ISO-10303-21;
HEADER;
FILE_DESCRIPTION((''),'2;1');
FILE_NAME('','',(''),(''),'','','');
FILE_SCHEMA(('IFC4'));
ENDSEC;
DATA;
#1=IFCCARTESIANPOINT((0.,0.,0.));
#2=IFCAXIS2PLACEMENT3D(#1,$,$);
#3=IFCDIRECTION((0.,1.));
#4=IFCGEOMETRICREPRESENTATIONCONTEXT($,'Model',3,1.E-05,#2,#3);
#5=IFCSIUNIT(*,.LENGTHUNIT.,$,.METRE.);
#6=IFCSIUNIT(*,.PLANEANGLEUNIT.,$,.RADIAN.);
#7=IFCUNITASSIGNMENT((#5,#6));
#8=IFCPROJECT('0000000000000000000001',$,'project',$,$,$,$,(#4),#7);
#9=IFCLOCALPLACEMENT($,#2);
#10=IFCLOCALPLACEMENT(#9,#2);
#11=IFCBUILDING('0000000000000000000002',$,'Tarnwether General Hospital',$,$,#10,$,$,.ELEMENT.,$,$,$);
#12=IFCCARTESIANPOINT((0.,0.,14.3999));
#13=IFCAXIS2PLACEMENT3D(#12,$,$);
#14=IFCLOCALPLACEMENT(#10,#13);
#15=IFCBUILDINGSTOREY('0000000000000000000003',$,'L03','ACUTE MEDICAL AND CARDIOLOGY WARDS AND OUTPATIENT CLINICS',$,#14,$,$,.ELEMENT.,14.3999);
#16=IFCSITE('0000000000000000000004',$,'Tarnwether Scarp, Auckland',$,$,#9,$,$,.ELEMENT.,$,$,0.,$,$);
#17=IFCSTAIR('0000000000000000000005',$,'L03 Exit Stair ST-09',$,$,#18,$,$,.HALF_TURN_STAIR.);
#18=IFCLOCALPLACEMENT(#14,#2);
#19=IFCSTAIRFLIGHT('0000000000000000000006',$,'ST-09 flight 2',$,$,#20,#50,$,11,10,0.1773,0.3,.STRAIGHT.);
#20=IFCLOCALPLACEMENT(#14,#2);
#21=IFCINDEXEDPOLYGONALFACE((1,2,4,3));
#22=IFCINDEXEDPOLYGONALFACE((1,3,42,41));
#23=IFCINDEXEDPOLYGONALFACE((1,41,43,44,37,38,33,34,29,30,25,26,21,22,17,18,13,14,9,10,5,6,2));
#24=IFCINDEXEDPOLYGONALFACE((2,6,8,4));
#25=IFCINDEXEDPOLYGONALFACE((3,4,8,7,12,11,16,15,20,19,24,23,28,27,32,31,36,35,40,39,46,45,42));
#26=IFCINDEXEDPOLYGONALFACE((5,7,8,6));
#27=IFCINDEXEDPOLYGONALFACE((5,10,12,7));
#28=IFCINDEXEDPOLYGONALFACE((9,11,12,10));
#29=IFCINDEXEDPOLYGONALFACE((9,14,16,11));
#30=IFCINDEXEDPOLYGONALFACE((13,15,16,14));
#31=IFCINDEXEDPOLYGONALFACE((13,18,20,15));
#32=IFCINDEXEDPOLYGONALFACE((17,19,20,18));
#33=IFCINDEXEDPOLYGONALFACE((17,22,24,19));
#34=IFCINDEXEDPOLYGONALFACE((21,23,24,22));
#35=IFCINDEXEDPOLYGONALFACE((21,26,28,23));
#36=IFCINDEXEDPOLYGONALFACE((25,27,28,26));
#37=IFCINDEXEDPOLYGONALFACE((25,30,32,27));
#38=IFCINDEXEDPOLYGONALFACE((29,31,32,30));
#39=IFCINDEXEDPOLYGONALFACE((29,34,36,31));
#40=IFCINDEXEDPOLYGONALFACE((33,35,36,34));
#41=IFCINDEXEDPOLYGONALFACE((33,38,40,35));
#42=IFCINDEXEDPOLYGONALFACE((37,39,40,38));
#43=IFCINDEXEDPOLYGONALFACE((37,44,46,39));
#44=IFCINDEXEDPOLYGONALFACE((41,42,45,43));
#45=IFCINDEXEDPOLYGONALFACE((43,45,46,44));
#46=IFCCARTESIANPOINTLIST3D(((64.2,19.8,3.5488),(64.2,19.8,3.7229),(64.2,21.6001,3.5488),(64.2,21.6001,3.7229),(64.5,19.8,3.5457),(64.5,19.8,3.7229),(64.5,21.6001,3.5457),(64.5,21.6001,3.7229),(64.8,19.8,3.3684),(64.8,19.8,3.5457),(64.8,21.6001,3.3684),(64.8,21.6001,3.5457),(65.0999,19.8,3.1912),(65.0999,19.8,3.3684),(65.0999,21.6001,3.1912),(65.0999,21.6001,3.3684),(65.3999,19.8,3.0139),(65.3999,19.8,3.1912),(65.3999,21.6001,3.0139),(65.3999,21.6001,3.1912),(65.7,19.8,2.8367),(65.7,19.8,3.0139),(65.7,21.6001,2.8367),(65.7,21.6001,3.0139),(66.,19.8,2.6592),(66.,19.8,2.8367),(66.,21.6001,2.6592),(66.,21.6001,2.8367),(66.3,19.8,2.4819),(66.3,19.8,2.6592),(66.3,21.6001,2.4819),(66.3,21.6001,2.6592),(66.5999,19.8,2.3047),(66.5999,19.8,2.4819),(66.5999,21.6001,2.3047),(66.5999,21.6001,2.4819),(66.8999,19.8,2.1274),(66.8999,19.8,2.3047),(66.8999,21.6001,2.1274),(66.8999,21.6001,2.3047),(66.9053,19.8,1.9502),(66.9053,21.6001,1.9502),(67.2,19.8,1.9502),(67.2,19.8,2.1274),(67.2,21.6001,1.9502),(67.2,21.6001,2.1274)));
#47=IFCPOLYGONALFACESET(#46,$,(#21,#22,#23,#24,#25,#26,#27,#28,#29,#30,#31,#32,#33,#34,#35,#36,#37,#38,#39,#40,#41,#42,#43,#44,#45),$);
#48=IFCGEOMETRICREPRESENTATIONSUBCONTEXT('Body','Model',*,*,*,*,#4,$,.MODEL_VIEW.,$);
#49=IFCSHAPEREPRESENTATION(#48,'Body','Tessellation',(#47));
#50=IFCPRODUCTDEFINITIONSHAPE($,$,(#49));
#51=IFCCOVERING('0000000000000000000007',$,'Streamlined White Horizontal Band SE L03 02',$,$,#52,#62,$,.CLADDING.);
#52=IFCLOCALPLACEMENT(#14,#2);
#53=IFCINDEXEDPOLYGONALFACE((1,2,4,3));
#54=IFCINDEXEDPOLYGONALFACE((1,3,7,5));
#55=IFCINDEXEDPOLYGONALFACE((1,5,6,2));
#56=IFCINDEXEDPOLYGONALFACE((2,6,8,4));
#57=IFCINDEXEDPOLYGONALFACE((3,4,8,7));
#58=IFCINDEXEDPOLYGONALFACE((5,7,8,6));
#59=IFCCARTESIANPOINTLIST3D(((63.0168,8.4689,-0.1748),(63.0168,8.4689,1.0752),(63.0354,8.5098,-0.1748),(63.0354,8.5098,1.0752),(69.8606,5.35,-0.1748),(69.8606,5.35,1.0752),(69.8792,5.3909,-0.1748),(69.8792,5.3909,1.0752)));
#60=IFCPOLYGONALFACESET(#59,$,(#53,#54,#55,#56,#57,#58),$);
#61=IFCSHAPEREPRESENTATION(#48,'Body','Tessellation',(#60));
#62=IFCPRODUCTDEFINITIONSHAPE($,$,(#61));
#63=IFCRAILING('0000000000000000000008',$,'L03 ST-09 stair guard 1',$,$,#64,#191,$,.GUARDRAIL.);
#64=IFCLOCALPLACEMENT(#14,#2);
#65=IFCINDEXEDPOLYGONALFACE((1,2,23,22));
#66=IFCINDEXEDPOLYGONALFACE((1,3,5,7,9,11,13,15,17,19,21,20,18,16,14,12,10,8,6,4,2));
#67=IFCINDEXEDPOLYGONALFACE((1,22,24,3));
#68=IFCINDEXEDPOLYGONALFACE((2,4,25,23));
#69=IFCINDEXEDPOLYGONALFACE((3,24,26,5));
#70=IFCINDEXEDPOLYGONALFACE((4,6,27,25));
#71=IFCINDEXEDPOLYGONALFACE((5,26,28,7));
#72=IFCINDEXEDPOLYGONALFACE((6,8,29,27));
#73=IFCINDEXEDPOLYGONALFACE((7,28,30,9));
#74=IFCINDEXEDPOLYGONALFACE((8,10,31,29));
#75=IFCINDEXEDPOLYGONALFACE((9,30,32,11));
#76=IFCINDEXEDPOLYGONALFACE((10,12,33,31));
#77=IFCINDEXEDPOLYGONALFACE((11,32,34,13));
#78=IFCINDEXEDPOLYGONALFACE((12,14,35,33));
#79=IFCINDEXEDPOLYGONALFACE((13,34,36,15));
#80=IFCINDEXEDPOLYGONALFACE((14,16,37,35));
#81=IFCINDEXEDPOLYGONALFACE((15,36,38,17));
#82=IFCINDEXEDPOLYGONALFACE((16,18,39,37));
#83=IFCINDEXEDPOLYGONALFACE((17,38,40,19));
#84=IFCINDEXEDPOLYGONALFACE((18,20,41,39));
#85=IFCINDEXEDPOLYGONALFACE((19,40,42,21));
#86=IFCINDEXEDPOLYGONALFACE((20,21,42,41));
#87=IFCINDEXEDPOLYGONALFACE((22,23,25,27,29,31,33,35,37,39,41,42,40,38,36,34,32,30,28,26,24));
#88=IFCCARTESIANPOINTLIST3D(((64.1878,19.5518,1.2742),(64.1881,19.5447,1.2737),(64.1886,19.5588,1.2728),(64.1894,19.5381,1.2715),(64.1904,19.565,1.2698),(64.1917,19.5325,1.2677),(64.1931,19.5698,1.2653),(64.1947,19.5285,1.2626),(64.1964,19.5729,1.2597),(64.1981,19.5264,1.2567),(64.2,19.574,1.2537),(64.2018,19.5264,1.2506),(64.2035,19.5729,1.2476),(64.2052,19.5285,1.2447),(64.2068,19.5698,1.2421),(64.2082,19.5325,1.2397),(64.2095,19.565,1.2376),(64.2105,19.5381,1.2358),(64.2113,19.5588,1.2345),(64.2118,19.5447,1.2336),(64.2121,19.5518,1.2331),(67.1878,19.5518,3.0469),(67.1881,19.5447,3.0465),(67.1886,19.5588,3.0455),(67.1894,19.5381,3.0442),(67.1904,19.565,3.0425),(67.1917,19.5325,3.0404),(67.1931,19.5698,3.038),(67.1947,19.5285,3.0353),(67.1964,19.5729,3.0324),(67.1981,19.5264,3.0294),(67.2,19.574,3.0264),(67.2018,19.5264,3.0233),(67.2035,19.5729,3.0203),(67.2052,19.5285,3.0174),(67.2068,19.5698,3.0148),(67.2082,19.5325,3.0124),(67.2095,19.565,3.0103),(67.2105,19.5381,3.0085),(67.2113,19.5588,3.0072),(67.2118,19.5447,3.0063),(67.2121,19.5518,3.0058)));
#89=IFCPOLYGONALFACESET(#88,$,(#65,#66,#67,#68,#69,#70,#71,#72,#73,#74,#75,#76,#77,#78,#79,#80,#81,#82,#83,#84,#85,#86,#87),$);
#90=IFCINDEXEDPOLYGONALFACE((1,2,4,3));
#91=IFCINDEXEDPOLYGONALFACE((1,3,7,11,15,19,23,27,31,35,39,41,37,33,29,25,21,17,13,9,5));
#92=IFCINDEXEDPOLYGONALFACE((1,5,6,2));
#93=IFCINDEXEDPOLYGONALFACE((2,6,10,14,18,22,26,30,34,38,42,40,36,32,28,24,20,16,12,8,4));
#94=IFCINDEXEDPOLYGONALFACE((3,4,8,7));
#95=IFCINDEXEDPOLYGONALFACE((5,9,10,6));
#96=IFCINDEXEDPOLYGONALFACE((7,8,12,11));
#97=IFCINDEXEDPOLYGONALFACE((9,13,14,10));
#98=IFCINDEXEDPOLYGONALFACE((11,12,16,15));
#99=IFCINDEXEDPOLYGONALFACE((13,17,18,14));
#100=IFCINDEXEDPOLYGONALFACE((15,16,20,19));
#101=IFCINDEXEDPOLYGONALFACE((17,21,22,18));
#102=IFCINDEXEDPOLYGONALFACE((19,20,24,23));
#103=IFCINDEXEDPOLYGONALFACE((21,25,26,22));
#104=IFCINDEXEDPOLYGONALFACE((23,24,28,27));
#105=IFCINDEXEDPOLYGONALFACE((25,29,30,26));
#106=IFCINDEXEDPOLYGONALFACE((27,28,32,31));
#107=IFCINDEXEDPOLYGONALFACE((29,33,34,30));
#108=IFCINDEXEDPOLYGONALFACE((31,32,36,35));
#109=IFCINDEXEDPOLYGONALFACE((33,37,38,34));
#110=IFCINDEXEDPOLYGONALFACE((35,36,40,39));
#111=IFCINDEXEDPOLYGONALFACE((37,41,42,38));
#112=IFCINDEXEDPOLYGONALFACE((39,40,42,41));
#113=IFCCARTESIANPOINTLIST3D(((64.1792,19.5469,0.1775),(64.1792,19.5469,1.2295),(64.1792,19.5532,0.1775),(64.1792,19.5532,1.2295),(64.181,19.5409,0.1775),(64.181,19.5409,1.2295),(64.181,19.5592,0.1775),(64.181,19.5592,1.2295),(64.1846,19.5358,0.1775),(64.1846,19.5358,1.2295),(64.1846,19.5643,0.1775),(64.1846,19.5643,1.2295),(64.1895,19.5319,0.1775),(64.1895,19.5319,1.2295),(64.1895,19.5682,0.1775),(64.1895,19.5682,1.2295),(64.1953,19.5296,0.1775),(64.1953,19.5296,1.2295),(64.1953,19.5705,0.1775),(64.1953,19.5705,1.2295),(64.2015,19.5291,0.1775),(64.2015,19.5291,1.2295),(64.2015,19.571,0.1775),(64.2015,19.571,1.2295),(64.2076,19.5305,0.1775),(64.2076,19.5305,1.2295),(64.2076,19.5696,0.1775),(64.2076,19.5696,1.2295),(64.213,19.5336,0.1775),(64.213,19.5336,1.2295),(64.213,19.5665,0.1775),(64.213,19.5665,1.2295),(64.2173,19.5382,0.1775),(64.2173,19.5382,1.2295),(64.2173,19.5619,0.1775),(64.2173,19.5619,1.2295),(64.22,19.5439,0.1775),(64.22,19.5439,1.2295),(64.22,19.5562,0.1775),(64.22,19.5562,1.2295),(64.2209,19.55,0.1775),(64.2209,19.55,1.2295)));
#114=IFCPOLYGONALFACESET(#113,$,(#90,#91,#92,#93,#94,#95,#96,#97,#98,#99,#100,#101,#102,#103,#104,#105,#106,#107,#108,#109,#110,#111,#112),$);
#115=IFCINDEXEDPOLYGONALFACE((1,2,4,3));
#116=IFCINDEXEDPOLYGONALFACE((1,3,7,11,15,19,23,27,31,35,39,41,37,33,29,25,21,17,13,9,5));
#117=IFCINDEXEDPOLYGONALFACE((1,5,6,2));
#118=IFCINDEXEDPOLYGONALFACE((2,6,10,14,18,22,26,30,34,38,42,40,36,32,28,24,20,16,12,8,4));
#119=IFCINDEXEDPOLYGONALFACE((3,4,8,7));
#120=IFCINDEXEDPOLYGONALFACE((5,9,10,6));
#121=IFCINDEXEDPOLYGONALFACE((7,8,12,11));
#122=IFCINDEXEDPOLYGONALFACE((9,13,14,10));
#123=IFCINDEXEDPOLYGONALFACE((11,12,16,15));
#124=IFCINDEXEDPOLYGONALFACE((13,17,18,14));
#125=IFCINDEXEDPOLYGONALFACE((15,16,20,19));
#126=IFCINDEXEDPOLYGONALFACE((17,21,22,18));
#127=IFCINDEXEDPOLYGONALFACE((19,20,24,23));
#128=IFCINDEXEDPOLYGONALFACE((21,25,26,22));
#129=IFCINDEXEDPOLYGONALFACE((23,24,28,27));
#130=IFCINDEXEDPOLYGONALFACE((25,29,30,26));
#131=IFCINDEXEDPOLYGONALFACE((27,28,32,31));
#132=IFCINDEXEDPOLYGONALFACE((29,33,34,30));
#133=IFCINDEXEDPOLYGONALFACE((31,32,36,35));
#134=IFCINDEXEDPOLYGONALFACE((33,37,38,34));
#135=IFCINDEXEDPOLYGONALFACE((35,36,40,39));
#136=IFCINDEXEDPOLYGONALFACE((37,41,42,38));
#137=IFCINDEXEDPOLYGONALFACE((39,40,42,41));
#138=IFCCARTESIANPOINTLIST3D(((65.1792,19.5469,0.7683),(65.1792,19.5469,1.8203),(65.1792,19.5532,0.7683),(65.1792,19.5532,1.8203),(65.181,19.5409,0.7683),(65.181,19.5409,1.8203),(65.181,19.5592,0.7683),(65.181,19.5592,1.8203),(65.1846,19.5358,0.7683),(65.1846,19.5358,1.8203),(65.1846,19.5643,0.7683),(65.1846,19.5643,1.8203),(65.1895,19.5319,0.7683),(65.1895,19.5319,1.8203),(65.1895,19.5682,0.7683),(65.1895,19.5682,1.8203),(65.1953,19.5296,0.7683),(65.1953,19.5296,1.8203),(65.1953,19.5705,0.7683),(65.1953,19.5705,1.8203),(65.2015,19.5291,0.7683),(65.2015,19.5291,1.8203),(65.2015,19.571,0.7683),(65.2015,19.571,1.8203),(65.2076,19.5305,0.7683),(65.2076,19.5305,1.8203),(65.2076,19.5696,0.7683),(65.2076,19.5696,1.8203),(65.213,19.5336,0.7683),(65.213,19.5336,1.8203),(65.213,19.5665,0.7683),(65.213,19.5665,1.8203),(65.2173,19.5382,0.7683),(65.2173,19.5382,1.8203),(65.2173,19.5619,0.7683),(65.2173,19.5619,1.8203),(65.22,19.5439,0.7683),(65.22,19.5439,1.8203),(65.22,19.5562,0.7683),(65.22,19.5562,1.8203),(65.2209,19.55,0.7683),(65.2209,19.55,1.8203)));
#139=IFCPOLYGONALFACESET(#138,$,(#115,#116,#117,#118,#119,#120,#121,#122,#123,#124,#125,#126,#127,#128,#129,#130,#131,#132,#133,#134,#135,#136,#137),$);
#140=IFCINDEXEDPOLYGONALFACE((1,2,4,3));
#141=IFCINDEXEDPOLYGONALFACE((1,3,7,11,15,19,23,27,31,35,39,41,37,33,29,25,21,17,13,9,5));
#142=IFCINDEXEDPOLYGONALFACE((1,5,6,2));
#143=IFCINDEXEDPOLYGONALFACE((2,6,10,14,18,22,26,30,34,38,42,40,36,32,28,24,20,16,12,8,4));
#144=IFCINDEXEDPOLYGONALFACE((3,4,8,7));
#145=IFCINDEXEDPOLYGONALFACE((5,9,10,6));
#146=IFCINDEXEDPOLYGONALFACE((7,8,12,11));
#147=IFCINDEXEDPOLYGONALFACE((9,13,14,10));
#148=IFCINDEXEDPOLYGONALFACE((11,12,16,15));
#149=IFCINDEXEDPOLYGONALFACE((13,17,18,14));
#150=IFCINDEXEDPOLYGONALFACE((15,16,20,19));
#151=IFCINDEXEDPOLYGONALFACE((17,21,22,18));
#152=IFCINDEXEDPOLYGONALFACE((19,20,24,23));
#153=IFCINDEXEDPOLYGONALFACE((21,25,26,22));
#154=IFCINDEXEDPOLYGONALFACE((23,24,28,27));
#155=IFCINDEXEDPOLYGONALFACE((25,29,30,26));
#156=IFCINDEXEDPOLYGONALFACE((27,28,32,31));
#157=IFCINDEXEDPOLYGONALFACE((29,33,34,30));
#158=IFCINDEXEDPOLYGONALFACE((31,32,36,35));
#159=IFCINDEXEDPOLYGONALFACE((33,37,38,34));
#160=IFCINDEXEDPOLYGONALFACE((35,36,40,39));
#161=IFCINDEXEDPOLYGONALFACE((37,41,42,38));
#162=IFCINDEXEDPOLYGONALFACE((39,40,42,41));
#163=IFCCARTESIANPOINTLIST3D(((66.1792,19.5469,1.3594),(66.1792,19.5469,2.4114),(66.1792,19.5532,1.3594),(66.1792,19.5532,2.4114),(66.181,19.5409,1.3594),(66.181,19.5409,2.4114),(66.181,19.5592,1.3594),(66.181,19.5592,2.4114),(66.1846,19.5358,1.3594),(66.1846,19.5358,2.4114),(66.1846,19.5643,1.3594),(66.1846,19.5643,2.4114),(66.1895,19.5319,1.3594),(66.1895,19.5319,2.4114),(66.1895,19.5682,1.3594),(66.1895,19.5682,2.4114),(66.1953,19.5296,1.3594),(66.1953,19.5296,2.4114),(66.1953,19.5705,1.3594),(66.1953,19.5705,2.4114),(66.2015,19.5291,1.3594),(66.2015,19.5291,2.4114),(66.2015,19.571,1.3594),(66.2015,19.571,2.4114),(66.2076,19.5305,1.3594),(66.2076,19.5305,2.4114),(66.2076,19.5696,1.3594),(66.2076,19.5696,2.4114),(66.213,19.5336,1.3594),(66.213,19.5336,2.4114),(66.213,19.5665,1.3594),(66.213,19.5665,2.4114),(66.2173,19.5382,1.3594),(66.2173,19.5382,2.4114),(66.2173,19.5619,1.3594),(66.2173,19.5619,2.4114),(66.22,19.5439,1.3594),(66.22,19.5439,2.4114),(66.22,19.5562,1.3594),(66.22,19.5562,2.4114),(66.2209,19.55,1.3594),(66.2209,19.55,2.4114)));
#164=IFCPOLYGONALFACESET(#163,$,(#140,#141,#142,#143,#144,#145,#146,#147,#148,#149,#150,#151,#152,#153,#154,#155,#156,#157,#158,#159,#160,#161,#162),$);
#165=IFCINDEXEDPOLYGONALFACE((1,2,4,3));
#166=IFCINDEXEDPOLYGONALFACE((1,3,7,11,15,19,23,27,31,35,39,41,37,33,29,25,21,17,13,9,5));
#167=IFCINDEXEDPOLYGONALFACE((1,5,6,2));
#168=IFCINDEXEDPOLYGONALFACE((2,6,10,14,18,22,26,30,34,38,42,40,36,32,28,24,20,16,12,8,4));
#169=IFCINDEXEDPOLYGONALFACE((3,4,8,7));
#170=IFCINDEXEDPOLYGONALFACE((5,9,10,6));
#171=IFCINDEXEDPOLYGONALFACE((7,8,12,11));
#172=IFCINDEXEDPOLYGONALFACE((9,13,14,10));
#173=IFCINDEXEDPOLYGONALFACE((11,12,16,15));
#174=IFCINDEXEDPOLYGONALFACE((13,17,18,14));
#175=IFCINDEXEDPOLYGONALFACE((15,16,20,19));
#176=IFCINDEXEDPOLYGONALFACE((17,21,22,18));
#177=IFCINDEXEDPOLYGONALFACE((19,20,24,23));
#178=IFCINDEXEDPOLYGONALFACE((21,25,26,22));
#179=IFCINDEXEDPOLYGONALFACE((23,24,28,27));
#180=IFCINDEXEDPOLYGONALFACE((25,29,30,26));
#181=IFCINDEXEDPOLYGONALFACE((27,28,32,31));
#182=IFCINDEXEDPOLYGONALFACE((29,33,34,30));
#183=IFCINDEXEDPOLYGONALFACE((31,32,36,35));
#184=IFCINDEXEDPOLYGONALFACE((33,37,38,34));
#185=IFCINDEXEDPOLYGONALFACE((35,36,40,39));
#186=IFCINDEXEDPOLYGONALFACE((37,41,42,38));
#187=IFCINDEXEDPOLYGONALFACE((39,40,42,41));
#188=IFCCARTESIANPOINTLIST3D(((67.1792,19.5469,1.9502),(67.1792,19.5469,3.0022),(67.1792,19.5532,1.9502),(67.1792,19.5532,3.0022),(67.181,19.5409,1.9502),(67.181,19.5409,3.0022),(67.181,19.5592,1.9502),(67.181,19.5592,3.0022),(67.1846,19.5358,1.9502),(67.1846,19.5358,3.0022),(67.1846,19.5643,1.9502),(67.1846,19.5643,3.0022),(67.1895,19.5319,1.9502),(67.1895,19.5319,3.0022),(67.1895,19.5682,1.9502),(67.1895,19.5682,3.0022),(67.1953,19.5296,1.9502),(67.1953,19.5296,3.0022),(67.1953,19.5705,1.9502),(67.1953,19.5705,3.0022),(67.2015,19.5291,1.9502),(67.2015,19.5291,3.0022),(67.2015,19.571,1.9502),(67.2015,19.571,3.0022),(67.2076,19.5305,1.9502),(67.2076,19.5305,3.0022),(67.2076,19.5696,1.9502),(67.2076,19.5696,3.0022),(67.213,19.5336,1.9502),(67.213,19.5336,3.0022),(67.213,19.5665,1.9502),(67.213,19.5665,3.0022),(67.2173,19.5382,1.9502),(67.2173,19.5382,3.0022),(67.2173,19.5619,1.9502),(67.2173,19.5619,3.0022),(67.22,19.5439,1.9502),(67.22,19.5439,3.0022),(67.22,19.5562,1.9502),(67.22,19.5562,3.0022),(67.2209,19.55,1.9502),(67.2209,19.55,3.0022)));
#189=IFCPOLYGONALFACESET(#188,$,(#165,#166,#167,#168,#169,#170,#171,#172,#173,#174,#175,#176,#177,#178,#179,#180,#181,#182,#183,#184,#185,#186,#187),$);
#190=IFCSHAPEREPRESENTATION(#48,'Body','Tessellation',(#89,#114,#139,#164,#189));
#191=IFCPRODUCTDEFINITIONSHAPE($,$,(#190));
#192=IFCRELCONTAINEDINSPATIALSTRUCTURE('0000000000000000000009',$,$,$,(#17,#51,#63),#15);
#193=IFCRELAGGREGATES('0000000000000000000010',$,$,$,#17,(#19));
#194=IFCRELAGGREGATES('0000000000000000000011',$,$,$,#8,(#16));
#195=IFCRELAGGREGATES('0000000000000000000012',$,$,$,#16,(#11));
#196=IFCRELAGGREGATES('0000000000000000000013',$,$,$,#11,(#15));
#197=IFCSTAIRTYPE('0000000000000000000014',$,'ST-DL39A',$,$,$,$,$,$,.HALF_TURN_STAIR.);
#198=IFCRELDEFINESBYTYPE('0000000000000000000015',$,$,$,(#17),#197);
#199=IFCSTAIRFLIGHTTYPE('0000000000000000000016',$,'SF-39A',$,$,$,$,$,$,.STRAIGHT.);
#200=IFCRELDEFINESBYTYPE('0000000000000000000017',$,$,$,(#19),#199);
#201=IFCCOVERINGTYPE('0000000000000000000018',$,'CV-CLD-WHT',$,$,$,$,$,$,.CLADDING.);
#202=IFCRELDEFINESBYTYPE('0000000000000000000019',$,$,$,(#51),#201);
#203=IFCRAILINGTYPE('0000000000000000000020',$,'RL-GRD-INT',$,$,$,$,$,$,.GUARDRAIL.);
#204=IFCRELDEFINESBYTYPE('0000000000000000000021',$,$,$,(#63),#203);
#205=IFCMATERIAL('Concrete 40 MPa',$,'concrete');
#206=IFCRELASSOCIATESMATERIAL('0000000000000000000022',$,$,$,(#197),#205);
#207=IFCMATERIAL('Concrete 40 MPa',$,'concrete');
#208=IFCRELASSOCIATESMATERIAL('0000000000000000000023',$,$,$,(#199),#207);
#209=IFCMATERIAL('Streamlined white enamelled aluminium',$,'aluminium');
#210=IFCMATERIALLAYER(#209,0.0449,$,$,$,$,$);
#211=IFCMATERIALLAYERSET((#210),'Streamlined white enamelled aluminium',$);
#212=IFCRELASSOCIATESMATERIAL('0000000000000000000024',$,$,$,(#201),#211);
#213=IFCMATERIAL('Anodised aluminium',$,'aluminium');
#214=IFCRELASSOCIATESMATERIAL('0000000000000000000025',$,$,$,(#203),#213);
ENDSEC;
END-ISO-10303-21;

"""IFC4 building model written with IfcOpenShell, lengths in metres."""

from ifc_helpers import new_model, si_unit, direction, frame, origin, origin_2d, place, context, subcontext, project, spatial, polyline, rectangle, circle, outline, extrude, material, layer, layer_set, type_object, element, aggregate, save


model = new_model("IFC4")

# Units and contexts
model_context = context("Model", 3, precision=1e-05, world=origin(), true_north=direction((0.0, 1.0)))
body_context = subcontext(model_context, "Body", "Model", "MODEL_VIEW")
ifc_project = project(units=[si_unit("LENGTHUNIT", "METRE"), si_unit("PLANEANGLEUNIT", "RADIAN")], contexts=[model_context])

# Site, building, storey
site_placement = place(None, origin())
site = spatial("IfcSite", under=ifc_project, at=site_placement, Name="Tarnwether Scarp, Auckland", CompositionType="ELEMENT", RefElevation=0.0)
building_placement = place(site_placement, origin())
building = spatial("IfcBuilding", under=site, at=building_placement, Name="Tarnwether General Hospital", CompositionType="ELEMENT")
storey_placement = place(building_placement, frame((0.0, 0.0, 14.3999)))
storey = spatial("IfcBuildingStorey", under=building, at=storey_placement, Name="L03", Description="ACUTE MEDICAL AND CARDIOLOGY WARDS AND OUTPATIENT CLINICS", CompositionType="ELEMENT", Elevation=14.3999)

# Stair, stair flight
ifc_material_1 = material(Name="Concrete 40 MPa", Category="concrete")
stair_type = type_object("IfcStairType", Name="ST-DL39A", PredefinedType="HALF_TURN_STAIR", material=ifc_material_1)
stair_placement = place(storey_placement, origin())
stair = element("IfcStair", 1, at=stair_placement, inside=storey, type_object=stair_type, Name="L03 Exit Stair ST-09", PredefinedType="HALF_TURN_STAIR")
ifc_material_2 = material(Name="Concrete 40 MPa", Category="concrete")
stair_flight_type = type_object("IfcStairFlightType", Name="SF-39A", PredefinedType="STRAIGHT", material=ifc_material_2)
stair_flight_1_placement = place(storey_placement, frame((67.2, 20.7, 1.9502), z_axis=(0.0, 0.0, 1.0), x_axis=(-1.0, 0.0, 0.0)))
stair_flight_1 = element("IfcStairFlight", 2, at=stair_flight_1_placement, type_object=stair_flight_type, Name="ST-09 flight 2", NumberOfRisers=11, NumberOfTreads=10, PredefinedType="STRAIGHT", RiserHeight=0.1773, TreadLength=0.3, context=body_context, shape_type="SweptSolid", body=[
    extrude(outline(polyline([(0.0, 0.0), (0.0, 0.1772), (0.3, 0.1772), (0.3, 0.3545), (0.6001, 0.3545), (0.6001, 0.5317), (0.8999, 0.5317), (0.8999, 0.709), (1.2, 0.709), (1.2, 0.8865), (1.5, 0.8865), (1.5, 1.0637), (1.8, 1.0637), (1.8, 1.241), (2.1001, 1.241), (2.1001, 1.4182), (2.3999, 1.4182), (2.3999, 1.5955), (2.7, 1.5955), (2.7, 1.7727), (3.0, 1.7727), (3.0, 1.95), (3.0, 1.5986), (0.2947, 0.0), (0.0, 0.0)])), frame((0.0, 0.8999, 0.0), z_axis=(0.0, -1.0, 0.0), x_axis=(1.0, 0.0, 0.0)), (0.0, 0.0, 1.0), 1.8),
])
aggregate(stair, [stair_flight_1])

# Covering
ifc_material_3 = material(Name="Streamlined white enamelled aluminium", Category="aluminium")
ifc_layer_1 = layer(ifc_material_3, 0.0449)
ifc_layer_set_1 = layer_set([ifc_layer_1], Name="Streamlined white enamelled aluminium")
covering_type = type_object("IfcCoveringType", Name="CV-CLD-WHT", PredefinedType="CLADDING", material=ifc_layer_set_1)
covering_placement = place(storey_placement, frame((66.448, 6.9299, -0.1748), z_axis=(0.0, 0.0, 1.0), x_axis=(-0.909961, 0.414693, 0.0)))
element("IfcCovering", 3, at=covering_placement, inside=storey, type_object=covering_type, Name="Streamlined White Horizontal Band SE L03 02", PredefinedType="CLADDING", context=body_context, shape_type="SweptSolid", body=[
    extrude(rectangle(XDim=7.521, YDim=0.0449, at=origin_2d()), origin(), (0.0, 0.0, 1.0), 1.25),
])

# Railing
ifc_material_4 = material(Name="Anodised aluminium", Category="aluminium")
railing_type = type_object("IfcRailingType", Name="RL-GRD-INT", PredefinedType="GUARDRAIL", material=ifc_material_4)
railing_1_placement = place(storey_placement, frame((64.2, 19.55, 0.1775)))
element("IfcRailing", 4, at=railing_1_placement, inside=storey, type_object=railing_type, Name="L03 ST-09 stair guard 1", PredefinedType="GUARDRAIL", context=body_context, shape_type="SweptSolid", body=[
    extrude(circle(Radius=0.0239, at=origin_2d()), frame((0.0, 0.0, 1.0762), z_axis=(0.860929, 0.0, 0.508725), x_axis=(0.0, 1.0, 0.0)), (0.0, 0.0, 1.0), 3.4846),
    extrude(circle(Radius=0.021, at=origin_2d()), origin(), (0.0, 0.0, 1.0), 1.052),
    extrude(circle(Radius=0.021, at=origin_2d()), frame((1.0, 0.0, 0.5908)), (0.0, 0.0, 1.0), 1.052),
    extrude(circle(Radius=0.021, at=origin_2d()), frame((2.0, 0.0, 1.1819)), (0.0, 0.0, 1.0), 1.052),
    extrude(circle(Radius=0.021, at=origin_2d()), frame((3.0, 0.0, 1.7727)), (0.0, 0.0, 1.0), 1.052),
])

save(model, "model.ifc")
